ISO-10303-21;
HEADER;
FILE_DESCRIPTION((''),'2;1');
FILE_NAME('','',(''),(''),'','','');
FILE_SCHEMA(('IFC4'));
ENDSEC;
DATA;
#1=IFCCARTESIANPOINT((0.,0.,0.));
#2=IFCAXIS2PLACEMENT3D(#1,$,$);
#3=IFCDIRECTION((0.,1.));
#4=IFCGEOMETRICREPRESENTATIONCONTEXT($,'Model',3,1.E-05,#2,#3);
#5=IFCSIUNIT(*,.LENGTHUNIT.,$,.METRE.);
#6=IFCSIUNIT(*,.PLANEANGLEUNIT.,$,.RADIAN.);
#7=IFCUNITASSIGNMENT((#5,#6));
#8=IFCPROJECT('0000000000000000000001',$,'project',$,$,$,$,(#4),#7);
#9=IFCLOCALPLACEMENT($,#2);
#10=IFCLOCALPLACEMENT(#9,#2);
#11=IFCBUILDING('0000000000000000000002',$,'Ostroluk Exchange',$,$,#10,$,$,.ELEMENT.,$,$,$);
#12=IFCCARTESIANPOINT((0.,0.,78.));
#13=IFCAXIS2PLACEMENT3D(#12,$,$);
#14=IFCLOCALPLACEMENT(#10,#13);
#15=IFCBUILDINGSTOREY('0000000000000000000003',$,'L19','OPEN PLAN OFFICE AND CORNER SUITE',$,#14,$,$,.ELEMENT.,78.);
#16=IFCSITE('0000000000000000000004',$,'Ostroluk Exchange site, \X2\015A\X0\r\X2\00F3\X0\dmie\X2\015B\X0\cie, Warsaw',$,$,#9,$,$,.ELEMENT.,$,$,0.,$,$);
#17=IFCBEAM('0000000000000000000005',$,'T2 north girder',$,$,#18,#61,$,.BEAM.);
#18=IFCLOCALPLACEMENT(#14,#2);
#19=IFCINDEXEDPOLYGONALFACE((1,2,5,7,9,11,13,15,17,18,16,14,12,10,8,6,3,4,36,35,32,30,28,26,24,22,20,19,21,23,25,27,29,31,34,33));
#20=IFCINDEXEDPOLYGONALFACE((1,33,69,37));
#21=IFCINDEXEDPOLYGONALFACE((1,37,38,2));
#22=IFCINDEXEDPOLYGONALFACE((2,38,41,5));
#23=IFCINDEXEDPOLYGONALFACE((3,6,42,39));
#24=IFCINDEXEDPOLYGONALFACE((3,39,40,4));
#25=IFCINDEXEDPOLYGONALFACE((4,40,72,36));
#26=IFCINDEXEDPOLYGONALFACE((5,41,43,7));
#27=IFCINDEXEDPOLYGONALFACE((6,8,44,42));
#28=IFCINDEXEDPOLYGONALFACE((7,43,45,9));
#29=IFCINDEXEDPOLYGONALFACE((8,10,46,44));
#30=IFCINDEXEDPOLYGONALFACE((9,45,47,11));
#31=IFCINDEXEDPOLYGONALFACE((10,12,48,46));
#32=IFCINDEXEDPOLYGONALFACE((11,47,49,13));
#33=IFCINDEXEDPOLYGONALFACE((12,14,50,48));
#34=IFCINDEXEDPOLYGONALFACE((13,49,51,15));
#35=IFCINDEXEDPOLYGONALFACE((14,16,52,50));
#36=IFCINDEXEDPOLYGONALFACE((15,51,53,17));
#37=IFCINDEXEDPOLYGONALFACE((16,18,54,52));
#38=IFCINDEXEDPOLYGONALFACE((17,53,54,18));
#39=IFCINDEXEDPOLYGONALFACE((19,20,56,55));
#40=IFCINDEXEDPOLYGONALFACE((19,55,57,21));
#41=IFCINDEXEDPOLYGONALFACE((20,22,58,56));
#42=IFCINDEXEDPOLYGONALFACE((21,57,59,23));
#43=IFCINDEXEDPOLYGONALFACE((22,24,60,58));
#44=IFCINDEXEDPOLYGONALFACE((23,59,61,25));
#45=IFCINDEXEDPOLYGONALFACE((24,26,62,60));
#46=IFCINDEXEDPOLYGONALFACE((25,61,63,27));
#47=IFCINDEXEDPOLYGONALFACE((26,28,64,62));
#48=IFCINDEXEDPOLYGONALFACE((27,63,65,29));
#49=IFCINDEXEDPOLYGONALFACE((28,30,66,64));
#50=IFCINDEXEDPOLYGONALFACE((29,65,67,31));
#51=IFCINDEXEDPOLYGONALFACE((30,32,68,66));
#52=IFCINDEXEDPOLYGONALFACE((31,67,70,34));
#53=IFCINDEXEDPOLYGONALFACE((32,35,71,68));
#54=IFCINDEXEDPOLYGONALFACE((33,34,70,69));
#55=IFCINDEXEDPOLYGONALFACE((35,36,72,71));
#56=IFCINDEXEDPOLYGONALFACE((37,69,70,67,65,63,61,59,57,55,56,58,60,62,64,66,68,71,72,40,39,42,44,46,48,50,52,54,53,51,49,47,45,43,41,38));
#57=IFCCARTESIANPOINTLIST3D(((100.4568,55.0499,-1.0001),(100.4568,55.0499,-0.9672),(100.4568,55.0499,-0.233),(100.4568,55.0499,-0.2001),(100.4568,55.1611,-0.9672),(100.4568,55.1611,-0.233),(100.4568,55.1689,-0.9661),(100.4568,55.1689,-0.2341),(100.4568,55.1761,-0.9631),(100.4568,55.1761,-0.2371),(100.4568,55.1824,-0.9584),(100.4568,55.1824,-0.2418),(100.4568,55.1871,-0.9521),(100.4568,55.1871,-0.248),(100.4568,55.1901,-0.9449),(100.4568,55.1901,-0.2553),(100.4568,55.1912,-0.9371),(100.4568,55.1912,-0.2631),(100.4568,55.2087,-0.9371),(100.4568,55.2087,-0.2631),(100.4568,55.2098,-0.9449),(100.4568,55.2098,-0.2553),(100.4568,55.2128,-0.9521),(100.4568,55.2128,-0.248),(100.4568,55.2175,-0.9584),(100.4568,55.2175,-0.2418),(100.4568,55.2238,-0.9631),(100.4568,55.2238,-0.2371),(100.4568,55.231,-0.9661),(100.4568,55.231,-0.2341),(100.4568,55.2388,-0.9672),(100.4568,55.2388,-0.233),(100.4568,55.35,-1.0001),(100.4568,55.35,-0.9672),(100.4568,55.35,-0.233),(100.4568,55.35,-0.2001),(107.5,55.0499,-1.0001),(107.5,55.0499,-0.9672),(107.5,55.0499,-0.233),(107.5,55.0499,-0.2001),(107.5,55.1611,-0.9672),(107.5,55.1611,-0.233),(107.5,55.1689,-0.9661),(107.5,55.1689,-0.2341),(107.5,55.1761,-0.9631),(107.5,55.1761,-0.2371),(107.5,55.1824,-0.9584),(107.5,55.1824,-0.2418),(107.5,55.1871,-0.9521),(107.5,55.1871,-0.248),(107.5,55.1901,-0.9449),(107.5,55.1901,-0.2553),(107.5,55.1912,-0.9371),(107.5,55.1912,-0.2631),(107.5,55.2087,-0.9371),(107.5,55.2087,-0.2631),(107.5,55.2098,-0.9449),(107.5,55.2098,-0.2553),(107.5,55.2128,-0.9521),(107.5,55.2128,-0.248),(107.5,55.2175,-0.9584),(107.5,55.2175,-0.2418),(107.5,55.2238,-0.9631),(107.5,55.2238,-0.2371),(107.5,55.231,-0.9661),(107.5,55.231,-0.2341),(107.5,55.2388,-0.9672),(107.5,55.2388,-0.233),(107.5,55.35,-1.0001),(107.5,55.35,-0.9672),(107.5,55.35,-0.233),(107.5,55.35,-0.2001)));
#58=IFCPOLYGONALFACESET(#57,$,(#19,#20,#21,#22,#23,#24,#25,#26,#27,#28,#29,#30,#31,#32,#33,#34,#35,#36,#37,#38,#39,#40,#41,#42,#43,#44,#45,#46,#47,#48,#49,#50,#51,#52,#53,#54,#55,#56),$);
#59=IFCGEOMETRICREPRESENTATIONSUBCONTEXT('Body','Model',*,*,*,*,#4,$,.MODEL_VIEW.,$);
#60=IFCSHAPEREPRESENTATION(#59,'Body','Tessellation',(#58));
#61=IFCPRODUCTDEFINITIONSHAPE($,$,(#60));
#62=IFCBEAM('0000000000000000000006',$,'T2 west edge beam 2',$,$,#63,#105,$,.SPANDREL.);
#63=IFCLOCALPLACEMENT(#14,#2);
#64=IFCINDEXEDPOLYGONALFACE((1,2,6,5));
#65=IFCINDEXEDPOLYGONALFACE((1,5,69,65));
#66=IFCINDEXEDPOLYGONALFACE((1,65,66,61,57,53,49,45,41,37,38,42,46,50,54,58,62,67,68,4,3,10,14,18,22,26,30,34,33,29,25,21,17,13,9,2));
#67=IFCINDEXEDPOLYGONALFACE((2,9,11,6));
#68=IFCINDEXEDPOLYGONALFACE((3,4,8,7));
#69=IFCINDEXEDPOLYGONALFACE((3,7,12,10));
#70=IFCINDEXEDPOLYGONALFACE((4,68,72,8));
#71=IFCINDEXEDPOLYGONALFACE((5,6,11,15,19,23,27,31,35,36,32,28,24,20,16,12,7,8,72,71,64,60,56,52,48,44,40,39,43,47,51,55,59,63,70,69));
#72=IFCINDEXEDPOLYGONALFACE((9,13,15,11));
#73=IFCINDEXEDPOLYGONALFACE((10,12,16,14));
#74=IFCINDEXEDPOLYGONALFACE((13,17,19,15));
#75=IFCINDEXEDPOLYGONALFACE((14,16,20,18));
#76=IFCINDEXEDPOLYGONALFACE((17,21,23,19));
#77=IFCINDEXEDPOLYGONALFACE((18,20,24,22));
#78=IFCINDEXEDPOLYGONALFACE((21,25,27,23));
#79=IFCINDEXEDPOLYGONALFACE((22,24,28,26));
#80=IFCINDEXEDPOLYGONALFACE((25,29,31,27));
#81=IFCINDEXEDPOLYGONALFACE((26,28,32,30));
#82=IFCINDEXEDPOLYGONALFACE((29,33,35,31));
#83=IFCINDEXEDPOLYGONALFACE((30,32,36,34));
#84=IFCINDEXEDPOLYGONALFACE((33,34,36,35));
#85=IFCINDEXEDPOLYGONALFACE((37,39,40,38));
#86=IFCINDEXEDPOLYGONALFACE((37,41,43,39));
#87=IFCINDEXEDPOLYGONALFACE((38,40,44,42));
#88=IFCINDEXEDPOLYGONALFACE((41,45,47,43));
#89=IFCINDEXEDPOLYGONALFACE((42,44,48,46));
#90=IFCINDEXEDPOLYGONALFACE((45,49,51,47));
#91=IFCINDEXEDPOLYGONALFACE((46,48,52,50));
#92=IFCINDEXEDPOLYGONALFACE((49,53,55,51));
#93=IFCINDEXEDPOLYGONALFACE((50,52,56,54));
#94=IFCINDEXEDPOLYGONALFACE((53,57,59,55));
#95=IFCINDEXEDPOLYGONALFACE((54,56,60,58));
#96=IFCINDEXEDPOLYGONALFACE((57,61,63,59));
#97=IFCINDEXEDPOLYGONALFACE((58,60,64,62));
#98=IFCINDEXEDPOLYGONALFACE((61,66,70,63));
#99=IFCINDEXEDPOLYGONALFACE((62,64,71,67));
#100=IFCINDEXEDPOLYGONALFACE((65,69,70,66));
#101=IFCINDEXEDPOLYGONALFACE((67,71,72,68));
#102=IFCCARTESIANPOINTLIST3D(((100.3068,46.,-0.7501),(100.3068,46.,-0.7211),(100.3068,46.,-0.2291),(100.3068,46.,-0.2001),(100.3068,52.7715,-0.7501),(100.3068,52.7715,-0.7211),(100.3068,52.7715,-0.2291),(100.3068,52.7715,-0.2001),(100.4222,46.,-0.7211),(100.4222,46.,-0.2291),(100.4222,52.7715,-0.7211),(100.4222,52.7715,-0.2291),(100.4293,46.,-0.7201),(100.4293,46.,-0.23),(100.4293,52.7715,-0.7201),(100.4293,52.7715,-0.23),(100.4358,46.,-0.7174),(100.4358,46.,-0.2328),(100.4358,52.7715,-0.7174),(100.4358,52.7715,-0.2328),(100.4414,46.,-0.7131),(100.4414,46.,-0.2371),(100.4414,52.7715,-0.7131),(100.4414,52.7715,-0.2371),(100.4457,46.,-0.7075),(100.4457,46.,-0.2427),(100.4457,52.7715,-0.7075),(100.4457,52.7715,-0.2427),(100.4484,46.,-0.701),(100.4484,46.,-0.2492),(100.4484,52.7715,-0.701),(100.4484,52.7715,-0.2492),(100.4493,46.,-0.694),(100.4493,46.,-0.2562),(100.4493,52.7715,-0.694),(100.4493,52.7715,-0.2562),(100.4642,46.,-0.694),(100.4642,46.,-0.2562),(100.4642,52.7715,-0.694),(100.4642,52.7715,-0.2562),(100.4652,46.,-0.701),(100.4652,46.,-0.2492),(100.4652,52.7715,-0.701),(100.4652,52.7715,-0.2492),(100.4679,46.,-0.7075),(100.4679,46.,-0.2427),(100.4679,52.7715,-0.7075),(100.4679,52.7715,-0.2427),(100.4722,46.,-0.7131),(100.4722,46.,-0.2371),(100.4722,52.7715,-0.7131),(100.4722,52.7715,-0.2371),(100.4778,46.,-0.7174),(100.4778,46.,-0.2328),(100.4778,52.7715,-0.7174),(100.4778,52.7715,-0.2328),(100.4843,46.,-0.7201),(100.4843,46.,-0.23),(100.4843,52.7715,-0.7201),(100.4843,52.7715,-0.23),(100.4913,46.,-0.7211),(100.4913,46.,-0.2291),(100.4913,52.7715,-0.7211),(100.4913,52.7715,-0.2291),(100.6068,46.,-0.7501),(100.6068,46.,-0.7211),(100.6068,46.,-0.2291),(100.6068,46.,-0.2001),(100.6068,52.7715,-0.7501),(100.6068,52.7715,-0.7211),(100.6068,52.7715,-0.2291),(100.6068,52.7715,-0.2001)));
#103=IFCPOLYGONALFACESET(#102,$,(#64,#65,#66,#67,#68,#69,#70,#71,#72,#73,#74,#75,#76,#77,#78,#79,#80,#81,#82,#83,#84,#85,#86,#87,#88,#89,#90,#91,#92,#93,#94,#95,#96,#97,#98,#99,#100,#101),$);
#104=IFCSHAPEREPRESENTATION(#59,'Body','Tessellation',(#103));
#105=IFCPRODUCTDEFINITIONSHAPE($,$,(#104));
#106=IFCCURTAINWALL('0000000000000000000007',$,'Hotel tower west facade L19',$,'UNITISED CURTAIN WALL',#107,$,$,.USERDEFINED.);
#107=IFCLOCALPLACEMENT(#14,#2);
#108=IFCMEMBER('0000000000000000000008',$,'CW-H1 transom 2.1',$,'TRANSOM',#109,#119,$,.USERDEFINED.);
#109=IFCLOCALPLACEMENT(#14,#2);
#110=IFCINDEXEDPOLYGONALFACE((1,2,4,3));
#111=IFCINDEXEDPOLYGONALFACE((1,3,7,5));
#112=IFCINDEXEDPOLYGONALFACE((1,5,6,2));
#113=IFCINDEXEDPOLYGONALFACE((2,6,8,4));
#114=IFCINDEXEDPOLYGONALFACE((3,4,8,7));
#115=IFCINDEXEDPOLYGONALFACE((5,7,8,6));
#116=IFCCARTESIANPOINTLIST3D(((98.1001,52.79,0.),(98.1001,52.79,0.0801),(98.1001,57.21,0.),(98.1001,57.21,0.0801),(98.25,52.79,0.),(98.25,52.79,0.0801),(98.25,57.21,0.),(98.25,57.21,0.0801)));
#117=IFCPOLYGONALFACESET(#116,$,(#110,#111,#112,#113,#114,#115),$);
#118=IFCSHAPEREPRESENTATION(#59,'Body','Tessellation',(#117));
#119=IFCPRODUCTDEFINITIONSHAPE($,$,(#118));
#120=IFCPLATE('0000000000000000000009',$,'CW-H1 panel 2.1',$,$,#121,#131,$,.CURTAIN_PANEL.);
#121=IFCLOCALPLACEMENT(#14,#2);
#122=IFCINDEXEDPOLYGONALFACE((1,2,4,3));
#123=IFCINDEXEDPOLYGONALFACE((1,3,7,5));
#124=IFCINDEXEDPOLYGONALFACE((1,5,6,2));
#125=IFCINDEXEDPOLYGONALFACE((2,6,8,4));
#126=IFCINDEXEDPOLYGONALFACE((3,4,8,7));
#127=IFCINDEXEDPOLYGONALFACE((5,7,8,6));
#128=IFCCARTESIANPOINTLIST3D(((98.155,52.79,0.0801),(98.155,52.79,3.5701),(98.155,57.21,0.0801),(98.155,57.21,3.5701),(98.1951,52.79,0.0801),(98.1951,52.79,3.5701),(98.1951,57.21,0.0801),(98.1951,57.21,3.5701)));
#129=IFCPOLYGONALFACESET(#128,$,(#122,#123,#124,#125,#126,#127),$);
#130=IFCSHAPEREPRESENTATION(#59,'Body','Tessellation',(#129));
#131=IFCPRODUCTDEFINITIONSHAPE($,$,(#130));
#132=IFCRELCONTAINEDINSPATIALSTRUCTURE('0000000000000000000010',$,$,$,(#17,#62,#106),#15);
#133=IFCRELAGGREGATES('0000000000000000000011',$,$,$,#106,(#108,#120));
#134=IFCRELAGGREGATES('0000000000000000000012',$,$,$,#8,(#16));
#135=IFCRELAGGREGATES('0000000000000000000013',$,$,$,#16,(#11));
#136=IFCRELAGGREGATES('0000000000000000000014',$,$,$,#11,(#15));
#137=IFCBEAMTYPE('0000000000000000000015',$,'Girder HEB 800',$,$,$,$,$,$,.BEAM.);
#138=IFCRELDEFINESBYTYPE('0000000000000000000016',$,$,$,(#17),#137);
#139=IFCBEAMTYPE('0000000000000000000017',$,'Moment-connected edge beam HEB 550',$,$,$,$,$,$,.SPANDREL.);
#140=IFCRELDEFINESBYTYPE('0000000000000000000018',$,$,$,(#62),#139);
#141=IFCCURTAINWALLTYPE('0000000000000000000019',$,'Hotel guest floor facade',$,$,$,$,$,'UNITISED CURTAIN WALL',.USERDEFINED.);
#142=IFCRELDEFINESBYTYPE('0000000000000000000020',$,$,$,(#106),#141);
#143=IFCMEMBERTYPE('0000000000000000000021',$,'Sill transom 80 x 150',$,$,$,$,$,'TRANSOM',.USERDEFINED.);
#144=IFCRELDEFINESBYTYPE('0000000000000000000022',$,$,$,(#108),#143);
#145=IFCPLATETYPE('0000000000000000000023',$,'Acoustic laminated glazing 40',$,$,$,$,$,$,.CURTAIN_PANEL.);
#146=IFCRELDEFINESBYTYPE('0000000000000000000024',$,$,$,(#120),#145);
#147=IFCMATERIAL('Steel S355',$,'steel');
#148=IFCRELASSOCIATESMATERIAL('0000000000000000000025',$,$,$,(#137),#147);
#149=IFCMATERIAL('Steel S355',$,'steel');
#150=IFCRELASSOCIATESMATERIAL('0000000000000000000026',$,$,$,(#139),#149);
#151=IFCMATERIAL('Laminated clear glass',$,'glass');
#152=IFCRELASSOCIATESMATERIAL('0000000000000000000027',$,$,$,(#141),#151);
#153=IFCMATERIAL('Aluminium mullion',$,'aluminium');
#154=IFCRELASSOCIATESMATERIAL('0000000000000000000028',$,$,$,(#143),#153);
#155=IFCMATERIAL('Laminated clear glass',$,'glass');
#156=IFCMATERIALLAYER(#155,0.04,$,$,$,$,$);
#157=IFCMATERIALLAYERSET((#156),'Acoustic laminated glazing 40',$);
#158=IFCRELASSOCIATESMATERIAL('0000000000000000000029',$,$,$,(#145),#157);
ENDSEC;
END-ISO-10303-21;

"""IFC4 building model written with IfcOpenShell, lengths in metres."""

from ifc_helpers import new_model, si_unit, direction, frame, origin, origin_2d, place, context, subcontext, project, spatial, rectangle, i_section, extrude, material, layer, layer_set, material_profile, profile_set, type_object, element, aggregate, save


model = new_model("IFC4")

# Units and contexts
model_context = context("Model", 3, precision=1e-05, world=origin(), true_north=direction((0.0, 1.0)))
body_context = subcontext(model_context, "Body", "Model", "MODEL_VIEW")
ifc_project = project(units=[si_unit("LENGTHUNIT", "METRE"), si_unit("PLANEANGLEUNIT", "RADIAN")], contexts=[model_context])

# Site, building, storey
site_placement = place(None, origin())
site = spatial("IfcSite", under=ifc_project, at=site_placement, Name="Ostroluk Exchange site, Śródmieście, Warsaw", CompositionType="ELEMENT", RefElevation=0.0)
building_placement = place(site_placement, origin())
building = spatial("IfcBuilding", under=site, at=building_placement, Name="Ostroluk Exchange", CompositionType="ELEMENT")
storey_placement = place(building_placement, frame((0.0, 0.0, 78.0)))
storey = spatial("IfcBuildingStorey", under=building, at=storey_placement, Name="L19", Description="OPEN PLAN OFFICE AND CORNER SUITE", CompositionType="ELEMENT", Elevation=78.0)

# Beams
ifc_material_1 = material(Name="Steel S355", Category="steel")
ifc_material_profile_1 = material_profile(ifc_material_1, i_section(OverallWidth=0.3, OverallDepth=0.8, WebThickness=0.0176, FlangeThickness=0.033, FilletRadius=0.03, at=origin_2d()), Name="HEB 800")
ifc_profile_set_1 = profile_set([ifc_material_profile_1], Name="Steel S355")
beam_type_1 = type_object("IfcBeamType", Name="Girder HEB 800", PredefinedType="BEAM", material=ifc_profile_set_1)
beam_1_placement = place(storey_placement, frame((107.5, 55.2, -0.6001), z_axis=(-1.0, 0.0, 0.0), x_axis=(0.0, -1.0, 0.0)))
element("IfcBeam", 1, at=beam_1_placement, inside=storey, type_object=beam_type_1, Name="T2 north girder", PredefinedType="BEAM", context=body_context, shape_type="SweptSolid", body=[
    extrude(i_section(OverallWidth=0.3, OverallDepth=0.8, WebThickness=0.0176, FlangeThickness=0.033, FilletRadius=0.03, at=origin_2d()), origin(), (0.0, 0.0, 1.0), 7.0432),
])
ifc_material_2 = material(Name="Steel S355", Category="steel")
ifc_material_profile_2 = material_profile(ifc_material_2, i_section(OverallWidth=0.3, OverallDepth=0.55, WebThickness=0.0149, FlangeThickness=0.0291, FilletRadius=0.0271, at=origin_2d()), Name="HEB 550")
ifc_profile_set_2 = profile_set([ifc_material_profile_2], Name="Steel S355")
beam_type_2 = type_object("IfcBeamType", Name="Moment-connected edge beam HEB 550", PredefinedType="SPANDREL", material=ifc_profile_set_2)
beam_2_placement = place(storey_placement, frame((100.4568, 52.7715, -0.4751), z_axis=(0.0, -1.0, 0.0), x_axis=(1.0, 0.0, 0.0)))
element("IfcBeam", 2, at=beam_2_placement, inside=storey, type_object=beam_type_2, Name="T2 west edge beam 2", PredefinedType="SPANDREL", context=body_context, shape_type="SweptSolid", body=[
    extrude(i_section(OverallWidth=0.3, OverallDepth=0.55, WebThickness=0.0149, FlangeThickness=0.0291, FilletRadius=0.0271, at=origin_2d()), origin(), (0.0, 0.0, 1.0), 6.7715),
])

# Curtain wall, member, plate
ifc_material_3 = material(Name="Laminated clear glass", Category="glass")
curtain_wall_type = type_object("IfcCurtainWallType", Name="Hotel guest floor facade", ElementType="UNITISED CURTAIN WALL", PredefinedType="USERDEFINED", material=ifc_material_3)
curtain_wall_placement = place(storey_placement, origin())
curtain_wall = element("IfcCurtainWall", 3, at=curtain_wall_placement, inside=storey, type_object=curtain_wall_type, Name="Hotel tower west facade L19", ObjectType="UNITISED CURTAIN WALL", PredefinedType="USERDEFINED")
ifc_material_4 = material(Name="Aluminium mullion", Category="aluminium")
ifc_material_profile_3 = material_profile(ifc_material_4, rectangle(XDim=0.1499, YDim=0.0801, at=origin_2d()), Name="Sill transom 80 x 150")
ifc_profile_set_3 = profile_set([ifc_material_profile_3], Name="Aluminium mullion")
member_type = type_object("IfcMemberType", Name="Sill transom 80 x 150", ElementType="TRANSOM", PredefinedType="USERDEFINED", material=ifc_profile_set_3)
member_placement = place(storey_placement, frame((98.175, 57.21, 0.04), z_axis=(0.0, -1.0, 0.0), x_axis=(1.0, 0.0, 0.0)))
member = element("IfcMember", 4, at=member_placement, type_object=member_type, Name="CW-H1 transom 2.1", ObjectType="TRANSOM", PredefinedType="USERDEFINED", context=body_context, shape_type="SweptSolid", body=[
    extrude(rectangle(XDim=0.1499, YDim=0.0801, at=origin_2d()), origin(), (0.0, 0.0, 1.0), 4.4199),
])
ifc_material_5 = material(Name="Laminated clear glass", Category="glass")
ifc_layer_1 = layer(ifc_material_5, 0.04)
ifc_layer_set_1 = layer_set([ifc_layer_1], Name="Acoustic laminated glazing 40")
plate_type = type_object("IfcPlateType", Name="Acoustic laminated glazing 40", PredefinedType="CURTAIN_PANEL", material=ifc_layer_set_1)
plate_placement = place(storey_placement, frame((98.175, 55.0, 0.0801), z_axis=(0.0, 0.0, 1.0), x_axis=(0.0, -1.0, 0.0)))
plate = element("IfcPlate", 5, at=plate_placement, type_object=plate_type, Name="CW-H1 panel 2.1", PredefinedType="CURTAIN_PANEL", context=body_context, shape_type="SweptSolid", body=[
    extrude(rectangle(XDim=4.4199, YDim=0.04, at=origin_2d()), origin(), (0.0, 0.0, 1.0), 3.49),
])
aggregate(curtain_wall, [member, plate])

save(model, "model.ifc")
